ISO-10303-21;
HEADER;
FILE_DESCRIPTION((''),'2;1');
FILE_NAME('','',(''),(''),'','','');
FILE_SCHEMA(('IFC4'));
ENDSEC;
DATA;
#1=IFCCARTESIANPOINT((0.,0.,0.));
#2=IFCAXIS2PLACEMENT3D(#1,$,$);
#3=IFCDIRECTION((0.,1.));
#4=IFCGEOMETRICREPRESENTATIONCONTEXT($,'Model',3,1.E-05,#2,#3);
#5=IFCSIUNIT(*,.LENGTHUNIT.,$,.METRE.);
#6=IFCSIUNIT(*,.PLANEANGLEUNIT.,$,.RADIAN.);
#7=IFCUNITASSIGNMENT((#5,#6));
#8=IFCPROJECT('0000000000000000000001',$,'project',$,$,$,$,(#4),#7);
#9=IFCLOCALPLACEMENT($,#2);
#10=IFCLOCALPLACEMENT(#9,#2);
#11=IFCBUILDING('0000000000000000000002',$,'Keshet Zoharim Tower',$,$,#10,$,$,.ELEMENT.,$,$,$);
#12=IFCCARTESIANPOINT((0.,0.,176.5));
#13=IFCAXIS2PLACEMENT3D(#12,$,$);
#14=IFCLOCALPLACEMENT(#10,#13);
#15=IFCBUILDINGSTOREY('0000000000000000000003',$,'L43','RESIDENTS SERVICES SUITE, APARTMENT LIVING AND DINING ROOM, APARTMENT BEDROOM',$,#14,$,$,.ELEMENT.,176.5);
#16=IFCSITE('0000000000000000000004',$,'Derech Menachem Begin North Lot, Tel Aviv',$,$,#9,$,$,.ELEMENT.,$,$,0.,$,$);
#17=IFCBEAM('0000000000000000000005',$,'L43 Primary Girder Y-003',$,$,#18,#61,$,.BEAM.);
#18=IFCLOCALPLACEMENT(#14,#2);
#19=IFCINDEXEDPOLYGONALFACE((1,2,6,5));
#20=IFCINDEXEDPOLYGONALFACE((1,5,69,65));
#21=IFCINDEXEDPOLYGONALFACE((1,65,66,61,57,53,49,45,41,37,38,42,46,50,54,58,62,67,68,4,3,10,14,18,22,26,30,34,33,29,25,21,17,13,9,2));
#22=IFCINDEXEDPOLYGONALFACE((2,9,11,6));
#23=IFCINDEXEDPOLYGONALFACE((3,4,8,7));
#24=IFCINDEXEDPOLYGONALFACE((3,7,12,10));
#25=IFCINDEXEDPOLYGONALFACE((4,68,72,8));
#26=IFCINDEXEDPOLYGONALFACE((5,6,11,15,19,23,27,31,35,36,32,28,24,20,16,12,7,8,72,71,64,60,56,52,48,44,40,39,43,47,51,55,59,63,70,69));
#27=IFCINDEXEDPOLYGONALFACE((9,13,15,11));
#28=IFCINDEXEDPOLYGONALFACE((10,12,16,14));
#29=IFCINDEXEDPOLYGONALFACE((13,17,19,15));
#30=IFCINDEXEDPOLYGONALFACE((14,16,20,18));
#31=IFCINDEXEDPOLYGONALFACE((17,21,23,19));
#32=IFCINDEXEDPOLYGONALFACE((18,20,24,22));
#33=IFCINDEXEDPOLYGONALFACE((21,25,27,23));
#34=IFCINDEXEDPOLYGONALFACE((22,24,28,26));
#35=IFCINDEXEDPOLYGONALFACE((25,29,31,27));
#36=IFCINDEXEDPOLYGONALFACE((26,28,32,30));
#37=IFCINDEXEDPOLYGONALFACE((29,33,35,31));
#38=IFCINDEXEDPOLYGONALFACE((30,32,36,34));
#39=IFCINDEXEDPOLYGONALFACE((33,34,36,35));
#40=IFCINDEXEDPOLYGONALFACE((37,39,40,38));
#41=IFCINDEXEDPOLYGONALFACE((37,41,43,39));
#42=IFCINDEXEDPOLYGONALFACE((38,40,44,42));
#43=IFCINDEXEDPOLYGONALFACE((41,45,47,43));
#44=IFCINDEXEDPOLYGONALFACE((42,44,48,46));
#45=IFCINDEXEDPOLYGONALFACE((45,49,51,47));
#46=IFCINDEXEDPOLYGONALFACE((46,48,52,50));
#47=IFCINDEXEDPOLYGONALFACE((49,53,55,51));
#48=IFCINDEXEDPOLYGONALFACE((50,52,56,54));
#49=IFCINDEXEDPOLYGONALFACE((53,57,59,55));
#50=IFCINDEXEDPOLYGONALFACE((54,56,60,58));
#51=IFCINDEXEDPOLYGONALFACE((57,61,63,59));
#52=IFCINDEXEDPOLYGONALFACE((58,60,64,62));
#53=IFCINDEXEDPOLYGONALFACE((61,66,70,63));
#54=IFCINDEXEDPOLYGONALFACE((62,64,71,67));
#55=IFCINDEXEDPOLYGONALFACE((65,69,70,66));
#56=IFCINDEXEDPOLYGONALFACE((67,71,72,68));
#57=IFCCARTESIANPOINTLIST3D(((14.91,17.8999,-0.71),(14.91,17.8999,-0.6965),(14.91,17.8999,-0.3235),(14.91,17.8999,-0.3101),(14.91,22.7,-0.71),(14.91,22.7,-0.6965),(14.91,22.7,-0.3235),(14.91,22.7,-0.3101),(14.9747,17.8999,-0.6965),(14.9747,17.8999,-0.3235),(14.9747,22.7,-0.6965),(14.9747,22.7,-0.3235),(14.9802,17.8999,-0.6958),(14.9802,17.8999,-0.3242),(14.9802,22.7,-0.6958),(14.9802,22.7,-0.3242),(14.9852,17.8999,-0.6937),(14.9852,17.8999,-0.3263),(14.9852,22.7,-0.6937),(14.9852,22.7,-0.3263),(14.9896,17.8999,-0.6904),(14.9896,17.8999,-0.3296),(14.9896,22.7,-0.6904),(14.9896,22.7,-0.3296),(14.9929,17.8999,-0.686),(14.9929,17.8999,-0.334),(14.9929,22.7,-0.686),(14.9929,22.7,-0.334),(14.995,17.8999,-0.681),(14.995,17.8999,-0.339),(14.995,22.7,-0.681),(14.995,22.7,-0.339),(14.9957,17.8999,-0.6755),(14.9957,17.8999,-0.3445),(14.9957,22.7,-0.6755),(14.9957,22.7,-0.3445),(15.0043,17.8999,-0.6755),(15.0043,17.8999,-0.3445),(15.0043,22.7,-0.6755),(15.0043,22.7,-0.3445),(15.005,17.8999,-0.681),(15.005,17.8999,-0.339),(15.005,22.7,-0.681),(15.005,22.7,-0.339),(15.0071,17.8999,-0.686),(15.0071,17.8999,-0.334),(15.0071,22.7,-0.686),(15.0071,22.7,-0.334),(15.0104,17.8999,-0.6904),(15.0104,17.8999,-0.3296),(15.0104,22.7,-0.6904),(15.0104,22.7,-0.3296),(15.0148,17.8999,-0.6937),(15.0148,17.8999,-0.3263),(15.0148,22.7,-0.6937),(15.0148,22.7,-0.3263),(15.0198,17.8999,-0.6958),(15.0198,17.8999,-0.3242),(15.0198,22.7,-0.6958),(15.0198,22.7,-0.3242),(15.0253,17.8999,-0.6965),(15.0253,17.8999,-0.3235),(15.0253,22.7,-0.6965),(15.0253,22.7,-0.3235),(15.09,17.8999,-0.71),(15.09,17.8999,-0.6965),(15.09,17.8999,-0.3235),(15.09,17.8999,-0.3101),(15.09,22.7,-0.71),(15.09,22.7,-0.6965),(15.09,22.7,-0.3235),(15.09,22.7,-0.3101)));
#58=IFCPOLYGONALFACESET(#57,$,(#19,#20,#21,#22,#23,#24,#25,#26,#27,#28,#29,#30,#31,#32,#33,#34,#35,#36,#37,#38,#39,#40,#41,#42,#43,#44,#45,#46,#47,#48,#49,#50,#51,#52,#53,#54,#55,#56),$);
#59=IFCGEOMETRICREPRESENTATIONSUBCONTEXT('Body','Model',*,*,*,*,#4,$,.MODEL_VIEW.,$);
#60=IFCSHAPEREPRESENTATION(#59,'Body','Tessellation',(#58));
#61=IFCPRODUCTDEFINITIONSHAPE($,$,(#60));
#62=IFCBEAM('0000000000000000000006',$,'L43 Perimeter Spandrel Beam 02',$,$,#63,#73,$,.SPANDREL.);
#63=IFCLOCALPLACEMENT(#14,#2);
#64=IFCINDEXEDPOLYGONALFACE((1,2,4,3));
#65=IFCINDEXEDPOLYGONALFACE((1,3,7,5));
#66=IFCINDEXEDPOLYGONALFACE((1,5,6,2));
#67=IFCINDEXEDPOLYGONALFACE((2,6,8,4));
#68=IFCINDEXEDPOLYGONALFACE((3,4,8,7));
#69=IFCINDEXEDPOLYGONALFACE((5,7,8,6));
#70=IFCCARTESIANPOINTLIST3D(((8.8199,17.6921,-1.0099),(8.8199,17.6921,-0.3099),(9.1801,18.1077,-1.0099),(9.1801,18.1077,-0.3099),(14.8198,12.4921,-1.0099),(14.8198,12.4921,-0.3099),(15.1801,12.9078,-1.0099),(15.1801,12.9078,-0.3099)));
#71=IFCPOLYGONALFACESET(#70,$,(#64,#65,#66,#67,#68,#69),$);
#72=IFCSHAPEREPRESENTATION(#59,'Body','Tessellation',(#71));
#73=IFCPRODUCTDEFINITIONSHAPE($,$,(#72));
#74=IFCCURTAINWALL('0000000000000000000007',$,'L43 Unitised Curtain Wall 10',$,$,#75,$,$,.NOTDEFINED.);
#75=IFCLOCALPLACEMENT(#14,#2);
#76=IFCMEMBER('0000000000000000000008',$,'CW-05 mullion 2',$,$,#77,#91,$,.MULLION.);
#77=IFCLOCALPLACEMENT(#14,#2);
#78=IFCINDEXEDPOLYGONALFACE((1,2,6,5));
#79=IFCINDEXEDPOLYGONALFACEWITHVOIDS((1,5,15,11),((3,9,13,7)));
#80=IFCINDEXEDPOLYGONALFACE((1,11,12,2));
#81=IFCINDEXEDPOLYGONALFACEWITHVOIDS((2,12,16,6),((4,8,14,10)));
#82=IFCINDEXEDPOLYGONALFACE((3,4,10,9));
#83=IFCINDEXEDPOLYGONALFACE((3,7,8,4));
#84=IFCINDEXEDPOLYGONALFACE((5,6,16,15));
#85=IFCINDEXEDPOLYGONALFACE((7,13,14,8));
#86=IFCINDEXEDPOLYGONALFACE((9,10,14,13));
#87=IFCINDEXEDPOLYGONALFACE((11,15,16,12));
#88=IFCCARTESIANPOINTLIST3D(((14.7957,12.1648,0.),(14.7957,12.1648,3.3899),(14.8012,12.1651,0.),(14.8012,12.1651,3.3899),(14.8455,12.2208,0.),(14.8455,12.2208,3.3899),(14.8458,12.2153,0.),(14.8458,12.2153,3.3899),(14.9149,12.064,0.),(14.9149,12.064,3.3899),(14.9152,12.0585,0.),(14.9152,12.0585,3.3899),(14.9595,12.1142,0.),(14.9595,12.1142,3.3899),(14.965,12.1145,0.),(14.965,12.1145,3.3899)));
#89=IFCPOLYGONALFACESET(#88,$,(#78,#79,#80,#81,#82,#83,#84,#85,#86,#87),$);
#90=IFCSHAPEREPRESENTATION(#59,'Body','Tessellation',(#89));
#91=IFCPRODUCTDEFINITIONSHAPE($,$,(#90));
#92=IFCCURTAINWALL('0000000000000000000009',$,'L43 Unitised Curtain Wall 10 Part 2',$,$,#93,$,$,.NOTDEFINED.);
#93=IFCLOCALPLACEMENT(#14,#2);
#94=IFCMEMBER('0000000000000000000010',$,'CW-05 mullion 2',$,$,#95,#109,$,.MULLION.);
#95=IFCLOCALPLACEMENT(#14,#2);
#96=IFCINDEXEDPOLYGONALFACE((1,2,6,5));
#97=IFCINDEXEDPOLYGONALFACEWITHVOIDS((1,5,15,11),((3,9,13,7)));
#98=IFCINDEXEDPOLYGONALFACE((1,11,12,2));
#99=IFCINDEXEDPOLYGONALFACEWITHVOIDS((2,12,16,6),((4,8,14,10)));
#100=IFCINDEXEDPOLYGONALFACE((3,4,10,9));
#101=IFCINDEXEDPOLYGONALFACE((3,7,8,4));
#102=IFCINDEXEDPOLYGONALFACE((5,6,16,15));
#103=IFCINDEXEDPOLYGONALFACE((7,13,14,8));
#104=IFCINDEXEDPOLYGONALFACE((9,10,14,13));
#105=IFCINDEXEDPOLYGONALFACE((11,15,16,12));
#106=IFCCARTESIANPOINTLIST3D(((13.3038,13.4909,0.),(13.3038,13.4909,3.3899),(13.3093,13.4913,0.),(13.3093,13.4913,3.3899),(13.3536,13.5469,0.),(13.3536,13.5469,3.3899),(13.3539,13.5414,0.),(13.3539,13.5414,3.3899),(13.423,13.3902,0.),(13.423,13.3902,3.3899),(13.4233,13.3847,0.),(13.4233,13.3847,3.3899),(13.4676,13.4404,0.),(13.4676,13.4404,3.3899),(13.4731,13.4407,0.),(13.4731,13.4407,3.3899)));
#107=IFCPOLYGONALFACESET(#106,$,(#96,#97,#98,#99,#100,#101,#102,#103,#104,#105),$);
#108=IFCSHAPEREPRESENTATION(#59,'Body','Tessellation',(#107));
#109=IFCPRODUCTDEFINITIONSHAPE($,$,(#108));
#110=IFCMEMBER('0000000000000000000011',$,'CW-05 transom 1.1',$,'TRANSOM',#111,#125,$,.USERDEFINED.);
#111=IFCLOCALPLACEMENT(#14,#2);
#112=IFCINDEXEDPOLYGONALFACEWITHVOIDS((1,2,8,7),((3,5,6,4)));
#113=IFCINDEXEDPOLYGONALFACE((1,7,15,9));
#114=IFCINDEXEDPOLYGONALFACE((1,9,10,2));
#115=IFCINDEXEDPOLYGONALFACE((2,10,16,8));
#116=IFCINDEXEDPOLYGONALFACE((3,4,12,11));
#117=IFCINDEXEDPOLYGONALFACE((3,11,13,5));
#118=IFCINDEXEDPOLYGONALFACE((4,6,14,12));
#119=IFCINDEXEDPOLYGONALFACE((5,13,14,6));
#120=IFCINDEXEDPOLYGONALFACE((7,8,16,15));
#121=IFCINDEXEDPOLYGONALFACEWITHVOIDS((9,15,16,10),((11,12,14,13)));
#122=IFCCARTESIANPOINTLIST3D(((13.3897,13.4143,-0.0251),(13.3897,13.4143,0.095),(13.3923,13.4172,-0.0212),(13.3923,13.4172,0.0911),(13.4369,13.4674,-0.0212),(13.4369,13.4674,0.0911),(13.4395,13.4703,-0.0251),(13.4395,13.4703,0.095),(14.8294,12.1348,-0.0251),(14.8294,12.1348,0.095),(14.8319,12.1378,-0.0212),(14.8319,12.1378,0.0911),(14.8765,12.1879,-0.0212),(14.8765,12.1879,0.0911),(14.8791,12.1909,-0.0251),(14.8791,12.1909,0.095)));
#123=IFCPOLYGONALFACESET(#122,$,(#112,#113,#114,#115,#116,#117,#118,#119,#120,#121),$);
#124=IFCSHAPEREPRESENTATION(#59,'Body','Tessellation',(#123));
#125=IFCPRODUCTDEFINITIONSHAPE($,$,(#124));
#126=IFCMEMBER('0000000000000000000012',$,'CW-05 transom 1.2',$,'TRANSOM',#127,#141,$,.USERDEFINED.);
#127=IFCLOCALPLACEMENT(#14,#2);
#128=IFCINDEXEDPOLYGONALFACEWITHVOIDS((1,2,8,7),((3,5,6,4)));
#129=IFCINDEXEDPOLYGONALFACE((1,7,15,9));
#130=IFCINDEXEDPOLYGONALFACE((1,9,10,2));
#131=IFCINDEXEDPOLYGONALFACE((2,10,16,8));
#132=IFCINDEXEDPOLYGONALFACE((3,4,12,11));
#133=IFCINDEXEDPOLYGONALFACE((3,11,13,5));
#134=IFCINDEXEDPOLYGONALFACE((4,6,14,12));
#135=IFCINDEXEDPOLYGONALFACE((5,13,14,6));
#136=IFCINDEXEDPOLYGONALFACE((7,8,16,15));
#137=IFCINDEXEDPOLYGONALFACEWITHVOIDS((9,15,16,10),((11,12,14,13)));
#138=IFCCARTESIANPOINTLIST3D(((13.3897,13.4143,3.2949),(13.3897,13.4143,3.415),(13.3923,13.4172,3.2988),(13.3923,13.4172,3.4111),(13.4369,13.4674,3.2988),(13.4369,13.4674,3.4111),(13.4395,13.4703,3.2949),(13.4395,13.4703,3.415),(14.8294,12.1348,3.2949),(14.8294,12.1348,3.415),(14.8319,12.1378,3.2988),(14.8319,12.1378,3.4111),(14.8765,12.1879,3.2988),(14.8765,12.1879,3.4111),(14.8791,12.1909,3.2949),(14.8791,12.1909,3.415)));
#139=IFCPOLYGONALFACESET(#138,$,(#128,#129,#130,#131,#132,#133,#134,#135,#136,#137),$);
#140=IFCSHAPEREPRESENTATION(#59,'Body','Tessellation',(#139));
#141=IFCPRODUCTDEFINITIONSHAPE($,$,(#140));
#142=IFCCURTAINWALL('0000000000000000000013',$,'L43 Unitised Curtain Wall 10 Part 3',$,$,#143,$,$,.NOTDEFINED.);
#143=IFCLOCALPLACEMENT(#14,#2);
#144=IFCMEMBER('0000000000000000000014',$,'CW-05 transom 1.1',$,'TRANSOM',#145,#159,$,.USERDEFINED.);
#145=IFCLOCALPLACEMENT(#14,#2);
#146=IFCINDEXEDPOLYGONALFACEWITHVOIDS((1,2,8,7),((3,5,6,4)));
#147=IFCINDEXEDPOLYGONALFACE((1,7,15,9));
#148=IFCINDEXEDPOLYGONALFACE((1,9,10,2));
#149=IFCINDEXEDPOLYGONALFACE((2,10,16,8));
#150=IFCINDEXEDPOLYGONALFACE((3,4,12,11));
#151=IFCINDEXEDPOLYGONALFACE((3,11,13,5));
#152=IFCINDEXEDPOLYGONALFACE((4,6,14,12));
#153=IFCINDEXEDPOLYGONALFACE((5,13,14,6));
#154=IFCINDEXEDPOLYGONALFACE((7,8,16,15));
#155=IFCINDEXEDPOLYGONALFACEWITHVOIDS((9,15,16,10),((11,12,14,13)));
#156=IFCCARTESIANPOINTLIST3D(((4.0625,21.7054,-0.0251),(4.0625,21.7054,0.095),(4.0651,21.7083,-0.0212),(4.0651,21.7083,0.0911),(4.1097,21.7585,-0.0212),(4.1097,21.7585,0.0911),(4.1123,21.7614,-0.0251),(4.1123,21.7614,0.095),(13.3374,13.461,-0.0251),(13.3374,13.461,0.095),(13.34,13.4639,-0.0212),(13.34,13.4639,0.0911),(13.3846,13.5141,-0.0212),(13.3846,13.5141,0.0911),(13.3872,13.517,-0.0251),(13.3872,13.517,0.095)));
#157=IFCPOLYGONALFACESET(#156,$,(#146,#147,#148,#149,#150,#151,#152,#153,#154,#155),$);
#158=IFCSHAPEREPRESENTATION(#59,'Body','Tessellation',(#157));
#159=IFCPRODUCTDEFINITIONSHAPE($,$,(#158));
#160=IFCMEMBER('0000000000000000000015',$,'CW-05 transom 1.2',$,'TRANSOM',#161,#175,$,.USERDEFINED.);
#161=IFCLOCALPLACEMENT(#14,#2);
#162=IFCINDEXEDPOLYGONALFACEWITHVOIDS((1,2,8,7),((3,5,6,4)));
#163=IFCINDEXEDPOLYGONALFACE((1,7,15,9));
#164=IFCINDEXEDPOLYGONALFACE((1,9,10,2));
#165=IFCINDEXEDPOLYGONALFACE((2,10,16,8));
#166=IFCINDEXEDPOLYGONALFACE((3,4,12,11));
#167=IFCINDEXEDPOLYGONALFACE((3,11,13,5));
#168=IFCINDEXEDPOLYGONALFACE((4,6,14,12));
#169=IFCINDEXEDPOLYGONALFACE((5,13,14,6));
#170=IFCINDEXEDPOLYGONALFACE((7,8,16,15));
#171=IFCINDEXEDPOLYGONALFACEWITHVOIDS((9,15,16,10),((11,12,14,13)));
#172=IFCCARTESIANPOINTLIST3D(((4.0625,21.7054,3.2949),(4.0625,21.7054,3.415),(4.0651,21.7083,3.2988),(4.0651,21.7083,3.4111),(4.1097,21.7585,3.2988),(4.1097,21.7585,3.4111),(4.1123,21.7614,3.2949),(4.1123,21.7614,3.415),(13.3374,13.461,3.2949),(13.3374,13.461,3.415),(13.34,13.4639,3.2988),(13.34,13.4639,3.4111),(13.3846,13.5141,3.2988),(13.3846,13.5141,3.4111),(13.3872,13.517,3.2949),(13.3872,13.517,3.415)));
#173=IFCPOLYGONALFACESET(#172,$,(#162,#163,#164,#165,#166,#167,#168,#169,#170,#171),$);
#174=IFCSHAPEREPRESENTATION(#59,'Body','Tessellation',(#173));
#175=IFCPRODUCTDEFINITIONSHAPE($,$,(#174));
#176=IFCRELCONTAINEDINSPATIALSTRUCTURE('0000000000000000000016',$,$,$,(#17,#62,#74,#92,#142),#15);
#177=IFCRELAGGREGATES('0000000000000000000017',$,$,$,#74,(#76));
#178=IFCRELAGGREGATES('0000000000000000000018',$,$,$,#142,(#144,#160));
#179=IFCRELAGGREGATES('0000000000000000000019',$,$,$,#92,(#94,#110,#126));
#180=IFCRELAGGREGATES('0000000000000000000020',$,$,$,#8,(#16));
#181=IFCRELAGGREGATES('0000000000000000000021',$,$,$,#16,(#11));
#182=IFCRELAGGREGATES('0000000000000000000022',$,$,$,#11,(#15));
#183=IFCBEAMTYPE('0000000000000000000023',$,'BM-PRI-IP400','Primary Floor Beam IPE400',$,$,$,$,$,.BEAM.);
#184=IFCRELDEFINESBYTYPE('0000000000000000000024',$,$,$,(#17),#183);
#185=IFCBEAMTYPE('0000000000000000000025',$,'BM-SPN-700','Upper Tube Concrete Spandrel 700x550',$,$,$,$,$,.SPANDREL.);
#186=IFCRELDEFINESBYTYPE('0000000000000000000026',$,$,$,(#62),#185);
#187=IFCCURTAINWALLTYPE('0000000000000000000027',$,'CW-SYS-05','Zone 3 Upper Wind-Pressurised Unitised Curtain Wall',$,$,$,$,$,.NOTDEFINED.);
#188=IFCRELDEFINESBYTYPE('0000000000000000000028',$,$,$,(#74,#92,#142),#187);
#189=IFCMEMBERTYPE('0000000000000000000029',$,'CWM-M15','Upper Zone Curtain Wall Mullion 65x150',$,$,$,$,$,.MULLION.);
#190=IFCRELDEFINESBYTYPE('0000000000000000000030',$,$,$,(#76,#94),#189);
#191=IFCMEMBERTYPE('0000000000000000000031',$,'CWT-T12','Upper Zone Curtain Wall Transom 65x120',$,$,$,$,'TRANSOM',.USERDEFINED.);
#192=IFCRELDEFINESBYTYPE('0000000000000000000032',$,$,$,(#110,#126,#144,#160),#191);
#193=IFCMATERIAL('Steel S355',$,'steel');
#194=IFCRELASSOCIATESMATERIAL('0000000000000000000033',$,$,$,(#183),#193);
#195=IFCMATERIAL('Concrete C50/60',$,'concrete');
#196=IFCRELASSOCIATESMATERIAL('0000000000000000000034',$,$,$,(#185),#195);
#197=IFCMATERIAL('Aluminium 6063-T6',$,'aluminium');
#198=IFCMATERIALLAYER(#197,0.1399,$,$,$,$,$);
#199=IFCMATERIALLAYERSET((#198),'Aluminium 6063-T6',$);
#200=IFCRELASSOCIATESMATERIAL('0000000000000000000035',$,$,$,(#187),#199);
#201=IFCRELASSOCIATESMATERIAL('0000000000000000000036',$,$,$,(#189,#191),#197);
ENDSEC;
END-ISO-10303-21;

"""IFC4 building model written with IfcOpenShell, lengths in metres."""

from ifc_helpers import new_model, si_unit, direction, frame, origin, origin_2d, place, context, subcontext, project, spatial, rectangle, hollow_rectangle, i_section, extrude, material, layer, layer_set, material_profile, profile_set, type_object, element, aggregate, save


model = new_model("IFC4")

# Units and contexts
model_context = context("Model", 3, precision=1e-05, world=origin(), true_north=direction((0.0, 1.0)))
body_context = subcontext(model_context, "Body", "Model", "MODEL_VIEW")
ifc_project = project(units=[si_unit("LENGTHUNIT", "METRE"), si_unit("PLANEANGLEUNIT", "RADIAN")], contexts=[model_context])

# Site, building, storey
site_placement = place(None, origin())
site = spatial("IfcSite", under=ifc_project, at=site_placement, Name="Derech Menachem Begin North Lot, Tel Aviv", CompositionType="ELEMENT", RefElevation=0.0)
building_placement = place(site_placement, origin())
building = spatial("IfcBuilding", under=site, at=building_placement, Name="Keshet Zoharim Tower", CompositionType="ELEMENT")
storey_placement = place(building_placement, frame((0.0, 0.0, 176.5)))
storey = spatial("IfcBuildingStorey", under=building, at=storey_placement, Name="L43", Description="RESIDENTS SERVICES SUITE, APARTMENT LIVING AND DINING ROOM, APARTMENT BEDROOM", CompositionType="ELEMENT", Elevation=176.5)

# Shared definitions
ifc_material_1 = material(Name="Steel S355", Category="steel")

# Beams
ifc_material_profile_1 = material_profile(ifc_material_1, i_section(OverallWidth=0.1799, OverallDepth=0.3999, WebThickness=0.0085, FlangeThickness=0.0134, FilletRadius=0.021, at=origin_2d()), Name="IPE400")
ifc_profile_set_1 = profile_set([ifc_material_profile_1], Name="Steel S355")
beam_type_1 = type_object("IfcBeamType", Name="BM-PRI-IP400", Description="Primary Floor Beam IPE400", PredefinedType="BEAM", material=ifc_profile_set_1)
beam_1_placement = place(storey_placement, frame((15.0, 17.8999, -0.51), z_axis=(0.0, 1.0, 0.0), x_axis=(-1.0, 0.0, 0.0)))
element("IfcBeam", 1, at=beam_1_placement, inside=storey, type_object=beam_type_1, Name="L43 Primary Girder Y-003", PredefinedType="BEAM", context=body_context, shape_type="SweptSolid", body=[
    extrude(i_section(OverallWidth=0.1799, OverallDepth=0.3999, WebThickness=0.0085, FlangeThickness=0.0134, FilletRadius=0.021, at=origin_2d()), origin(), (0.0, 0.0, 1.0), 4.8),
])
ifc_material_2 = material(Name="Concrete C50/60", Category="concrete")
ifc_material_profile_2 = material_profile(ifc_material_2, rectangle(XDim=0.55, YDim=0.7, at=origin_2d()), Name="RC700x550")
ifc_profile_set_2 = profile_set([ifc_material_profile_2], Name="Concrete C50/60")
beam_type_2 = type_object("IfcBeamType", Name="BM-SPN-700", Description="Upper Tube Concrete Spandrel 700x550", PredefinedType="SPANDREL", material=ifc_profile_set_2)
beam_2_placement = place(storey_placement, frame((9.0, 17.8999, -0.6599), z_axis=(0.755692, -0.654927, 0.0), x_axis=(0.654927, 0.755692, 0.0)))
element("IfcBeam", 2, at=beam_2_placement, inside=storey, type_object=beam_type_2, Name="L43 Perimeter Spandrel Beam 02", PredefinedType="SPANDREL", context=body_context, shape_type="SweptSolid", body=[
    extrude(rectangle(XDim=0.55, YDim=0.7, at=origin_2d()), origin(), (0.0, 0.0, 1.0), 7.9397),
])

# Curtain wall, member
ifc_material_3 = material(Name="Aluminium 6063-T6", Category="aluminium")
ifc_layer_1 = layer(ifc_material_3, 0.1399)
ifc_layer_set_1 = layer_set([ifc_layer_1], Name="Aluminium 6063-T6")
curtain_wall_type = type_object("IfcCurtainWallType", Name="CW-SYS-05", Description="Zone 3 Upper Wind-Pressurised Unitised Curtain Wall", PredefinedType="NOTDEFINED", material=ifc_layer_set_1)
curtain_wall_1_placement = place(storey_placement, origin())
curtain_wall_1 = element("IfcCurtainWall", 3, at=curtain_wall_1_placement, inside=storey, type_object=curtain_wall_type, Name="L43 Unitised Curtain Wall 10", PredefinedType="NOTDEFINED")
ifc_material_profile_3 = material_profile(ifc_material_3, hollow_rectangle(XDim=0.075, YDim=0.1599, WallThickness=0.0039, at=origin_2d()), Name="MUL-75x160")
ifc_profile_set_3 = profile_set([ifc_material_profile_3], Name="Aluminium 6063-T6")
member_type_1 = type_object("IfcMemberType", Name="CWM-M15", Description="Upper Zone Curtain Wall Mullion 65x150", PredefinedType="MULLION", material=ifc_profile_set_3)
member_1_placement = place(storey_placement, frame((14.8804, 12.1396, 0.0), z_axis=(0.0, 0.0, 1.0), x_axis=(-0.664368, -0.747406, 0.0)))
member_1 = element("IfcMember", 4, at=member_1_placement, type_object=member_type_1, Name="CW-05 mullion 2", PredefinedType="MULLION", context=body_context, shape_type="SweptSolid", body=[
    extrude(hollow_rectangle(XDim=0.075, YDim=0.1599, WallThickness=0.0039, at=origin_2d()), origin(), (0.0, 0.0, 1.0), 3.3899),
])
aggregate(curtain_wall_1, [member_1])

# Curtain walls, members
curtain_wall_2_placement = place(storey_placement, origin())
curtain_wall_2 = element("IfcCurtainWall", 5, at=curtain_wall_2_placement, inside=storey, type_object=curtain_wall_type, Name="L43 Unitised Curtain Wall 10 Part 2", PredefinedType="NOTDEFINED")
member_2_placement = place(storey_placement, frame((13.3884, 13.4658, 0.0), z_axis=(0.0, 0.0, 1.0), x_axis=(-0.66433, -0.74744, 0.0)))
member_2 = element("IfcMember", 6, at=member_2_placement, type_object=member_type_1, Name="CW-05 mullion 2", PredefinedType="MULLION", context=body_context, shape_type="SweptSolid", body=[
    extrude(hollow_rectangle(XDim=0.075, YDim=0.1599, WallThickness=0.0039, at=origin_2d()), origin(), (0.0, 0.0, 1.0), 3.3899),
])
ifc_material_profile_4 = material_profile(ifc_material_3, hollow_rectangle(XDim=0.075, YDim=0.1201, WallThickness=0.0039, at=origin_2d()), Name="TRN-75x120")
ifc_profile_set_4 = profile_set([ifc_material_profile_4], Name="Aluminium 6063-T6")
member_type_2 = type_object("IfcMemberType", Name="CWT-T12", Description="Upper Zone Curtain Wall Transom 65x120", ElementType="TRANSOM", PredefinedType="USERDEFINED", material=ifc_profile_set_4)
member_3_placement = place(storey_placement, frame((14.8542, 12.1628, 0.0349), z_axis=(-0.747458, 0.664309, 0.0), x_axis=(-0.664309, -0.747458, 0.0)))
member_3 = element("IfcMember", 7, at=member_3_placement, type_object=member_type_2, Name="CW-05 transom 1.1", ObjectType="TRANSOM", PredefinedType="USERDEFINED", context=body_context, shape_type="SweptSolid", body=[
    extrude(hollow_rectangle(XDim=0.075, YDim=0.1201, WallThickness=0.0039, at=origin_2d()), origin(), (0.0, 0.0, 1.0), 1.926),
])
member_4_placement = place(storey_placement, frame((14.8542, 12.1628, 3.355), z_axis=(-0.747458, 0.664309, 0.0), x_axis=(-0.664309, -0.747458, 0.0)))
member_4 = element("IfcMember", 8, at=member_4_placement, type_object=member_type_2, Name="CW-05 transom 1.2", ObjectType="TRANSOM", PredefinedType="USERDEFINED", context=body_context, shape_type="SweptSolid", body=[
    extrude(hollow_rectangle(XDim=0.075, YDim=0.1201, WallThickness=0.0039, at=origin_2d()), origin(), (0.0, 0.0, 1.0), 1.926),
])
curtain_wall_3_placement = place(storey_placement, origin())
curtain_wall_3 = element("IfcCurtainWall", 9, at=curtain_wall_3_placement, inside=storey, type_object=curtain_wall_type, Name="L43 Unitised Curtain Wall 10 Part 3", PredefinedType="NOTDEFINED")
member_5_placement = place(storey_placement, frame((13.3623, 13.489, 0.0349), z_axis=(-0.747408, 0.664365, 0.0), x_axis=(-0.664365, -0.747408, 0.0)))
member_5 = element("IfcMember", 10, at=member_5_placement, type_object=member_type_2, Name="CW-05 transom 1.1", ObjectType="TRANSOM", PredefinedType="USERDEFINED", context=body_context, shape_type="SweptSolid", body=[
    extrude(hollow_rectangle(XDim=0.075, YDim=0.1201, WallThickness=0.0039, at=origin_2d()), origin(), (0.0, 0.0, 1.0), 12.4094),
])
member_6_placement = place(storey_placement, frame((13.3623, 13.489, 3.355), z_axis=(-0.747408, 0.664365, 0.0), x_axis=(-0.664365, -0.747408, 0.0)))
member_6 = element("IfcMember", 11, at=member_6_placement, type_object=member_type_2, Name="CW-05 transom 1.2", ObjectType="TRANSOM", PredefinedType="USERDEFINED", context=body_context, shape_type="SweptSolid", body=[
    extrude(hollow_rectangle(XDim=0.075, YDim=0.1201, WallThickness=0.0039, at=origin_2d()), origin(), (0.0, 0.0, 1.0), 12.4094),
])

aggregate(curtain_wall_3, [member_5, member_6])
aggregate(curtain_wall_2, [member_2, member_3, member_4])

save(model, "model.ifc")
